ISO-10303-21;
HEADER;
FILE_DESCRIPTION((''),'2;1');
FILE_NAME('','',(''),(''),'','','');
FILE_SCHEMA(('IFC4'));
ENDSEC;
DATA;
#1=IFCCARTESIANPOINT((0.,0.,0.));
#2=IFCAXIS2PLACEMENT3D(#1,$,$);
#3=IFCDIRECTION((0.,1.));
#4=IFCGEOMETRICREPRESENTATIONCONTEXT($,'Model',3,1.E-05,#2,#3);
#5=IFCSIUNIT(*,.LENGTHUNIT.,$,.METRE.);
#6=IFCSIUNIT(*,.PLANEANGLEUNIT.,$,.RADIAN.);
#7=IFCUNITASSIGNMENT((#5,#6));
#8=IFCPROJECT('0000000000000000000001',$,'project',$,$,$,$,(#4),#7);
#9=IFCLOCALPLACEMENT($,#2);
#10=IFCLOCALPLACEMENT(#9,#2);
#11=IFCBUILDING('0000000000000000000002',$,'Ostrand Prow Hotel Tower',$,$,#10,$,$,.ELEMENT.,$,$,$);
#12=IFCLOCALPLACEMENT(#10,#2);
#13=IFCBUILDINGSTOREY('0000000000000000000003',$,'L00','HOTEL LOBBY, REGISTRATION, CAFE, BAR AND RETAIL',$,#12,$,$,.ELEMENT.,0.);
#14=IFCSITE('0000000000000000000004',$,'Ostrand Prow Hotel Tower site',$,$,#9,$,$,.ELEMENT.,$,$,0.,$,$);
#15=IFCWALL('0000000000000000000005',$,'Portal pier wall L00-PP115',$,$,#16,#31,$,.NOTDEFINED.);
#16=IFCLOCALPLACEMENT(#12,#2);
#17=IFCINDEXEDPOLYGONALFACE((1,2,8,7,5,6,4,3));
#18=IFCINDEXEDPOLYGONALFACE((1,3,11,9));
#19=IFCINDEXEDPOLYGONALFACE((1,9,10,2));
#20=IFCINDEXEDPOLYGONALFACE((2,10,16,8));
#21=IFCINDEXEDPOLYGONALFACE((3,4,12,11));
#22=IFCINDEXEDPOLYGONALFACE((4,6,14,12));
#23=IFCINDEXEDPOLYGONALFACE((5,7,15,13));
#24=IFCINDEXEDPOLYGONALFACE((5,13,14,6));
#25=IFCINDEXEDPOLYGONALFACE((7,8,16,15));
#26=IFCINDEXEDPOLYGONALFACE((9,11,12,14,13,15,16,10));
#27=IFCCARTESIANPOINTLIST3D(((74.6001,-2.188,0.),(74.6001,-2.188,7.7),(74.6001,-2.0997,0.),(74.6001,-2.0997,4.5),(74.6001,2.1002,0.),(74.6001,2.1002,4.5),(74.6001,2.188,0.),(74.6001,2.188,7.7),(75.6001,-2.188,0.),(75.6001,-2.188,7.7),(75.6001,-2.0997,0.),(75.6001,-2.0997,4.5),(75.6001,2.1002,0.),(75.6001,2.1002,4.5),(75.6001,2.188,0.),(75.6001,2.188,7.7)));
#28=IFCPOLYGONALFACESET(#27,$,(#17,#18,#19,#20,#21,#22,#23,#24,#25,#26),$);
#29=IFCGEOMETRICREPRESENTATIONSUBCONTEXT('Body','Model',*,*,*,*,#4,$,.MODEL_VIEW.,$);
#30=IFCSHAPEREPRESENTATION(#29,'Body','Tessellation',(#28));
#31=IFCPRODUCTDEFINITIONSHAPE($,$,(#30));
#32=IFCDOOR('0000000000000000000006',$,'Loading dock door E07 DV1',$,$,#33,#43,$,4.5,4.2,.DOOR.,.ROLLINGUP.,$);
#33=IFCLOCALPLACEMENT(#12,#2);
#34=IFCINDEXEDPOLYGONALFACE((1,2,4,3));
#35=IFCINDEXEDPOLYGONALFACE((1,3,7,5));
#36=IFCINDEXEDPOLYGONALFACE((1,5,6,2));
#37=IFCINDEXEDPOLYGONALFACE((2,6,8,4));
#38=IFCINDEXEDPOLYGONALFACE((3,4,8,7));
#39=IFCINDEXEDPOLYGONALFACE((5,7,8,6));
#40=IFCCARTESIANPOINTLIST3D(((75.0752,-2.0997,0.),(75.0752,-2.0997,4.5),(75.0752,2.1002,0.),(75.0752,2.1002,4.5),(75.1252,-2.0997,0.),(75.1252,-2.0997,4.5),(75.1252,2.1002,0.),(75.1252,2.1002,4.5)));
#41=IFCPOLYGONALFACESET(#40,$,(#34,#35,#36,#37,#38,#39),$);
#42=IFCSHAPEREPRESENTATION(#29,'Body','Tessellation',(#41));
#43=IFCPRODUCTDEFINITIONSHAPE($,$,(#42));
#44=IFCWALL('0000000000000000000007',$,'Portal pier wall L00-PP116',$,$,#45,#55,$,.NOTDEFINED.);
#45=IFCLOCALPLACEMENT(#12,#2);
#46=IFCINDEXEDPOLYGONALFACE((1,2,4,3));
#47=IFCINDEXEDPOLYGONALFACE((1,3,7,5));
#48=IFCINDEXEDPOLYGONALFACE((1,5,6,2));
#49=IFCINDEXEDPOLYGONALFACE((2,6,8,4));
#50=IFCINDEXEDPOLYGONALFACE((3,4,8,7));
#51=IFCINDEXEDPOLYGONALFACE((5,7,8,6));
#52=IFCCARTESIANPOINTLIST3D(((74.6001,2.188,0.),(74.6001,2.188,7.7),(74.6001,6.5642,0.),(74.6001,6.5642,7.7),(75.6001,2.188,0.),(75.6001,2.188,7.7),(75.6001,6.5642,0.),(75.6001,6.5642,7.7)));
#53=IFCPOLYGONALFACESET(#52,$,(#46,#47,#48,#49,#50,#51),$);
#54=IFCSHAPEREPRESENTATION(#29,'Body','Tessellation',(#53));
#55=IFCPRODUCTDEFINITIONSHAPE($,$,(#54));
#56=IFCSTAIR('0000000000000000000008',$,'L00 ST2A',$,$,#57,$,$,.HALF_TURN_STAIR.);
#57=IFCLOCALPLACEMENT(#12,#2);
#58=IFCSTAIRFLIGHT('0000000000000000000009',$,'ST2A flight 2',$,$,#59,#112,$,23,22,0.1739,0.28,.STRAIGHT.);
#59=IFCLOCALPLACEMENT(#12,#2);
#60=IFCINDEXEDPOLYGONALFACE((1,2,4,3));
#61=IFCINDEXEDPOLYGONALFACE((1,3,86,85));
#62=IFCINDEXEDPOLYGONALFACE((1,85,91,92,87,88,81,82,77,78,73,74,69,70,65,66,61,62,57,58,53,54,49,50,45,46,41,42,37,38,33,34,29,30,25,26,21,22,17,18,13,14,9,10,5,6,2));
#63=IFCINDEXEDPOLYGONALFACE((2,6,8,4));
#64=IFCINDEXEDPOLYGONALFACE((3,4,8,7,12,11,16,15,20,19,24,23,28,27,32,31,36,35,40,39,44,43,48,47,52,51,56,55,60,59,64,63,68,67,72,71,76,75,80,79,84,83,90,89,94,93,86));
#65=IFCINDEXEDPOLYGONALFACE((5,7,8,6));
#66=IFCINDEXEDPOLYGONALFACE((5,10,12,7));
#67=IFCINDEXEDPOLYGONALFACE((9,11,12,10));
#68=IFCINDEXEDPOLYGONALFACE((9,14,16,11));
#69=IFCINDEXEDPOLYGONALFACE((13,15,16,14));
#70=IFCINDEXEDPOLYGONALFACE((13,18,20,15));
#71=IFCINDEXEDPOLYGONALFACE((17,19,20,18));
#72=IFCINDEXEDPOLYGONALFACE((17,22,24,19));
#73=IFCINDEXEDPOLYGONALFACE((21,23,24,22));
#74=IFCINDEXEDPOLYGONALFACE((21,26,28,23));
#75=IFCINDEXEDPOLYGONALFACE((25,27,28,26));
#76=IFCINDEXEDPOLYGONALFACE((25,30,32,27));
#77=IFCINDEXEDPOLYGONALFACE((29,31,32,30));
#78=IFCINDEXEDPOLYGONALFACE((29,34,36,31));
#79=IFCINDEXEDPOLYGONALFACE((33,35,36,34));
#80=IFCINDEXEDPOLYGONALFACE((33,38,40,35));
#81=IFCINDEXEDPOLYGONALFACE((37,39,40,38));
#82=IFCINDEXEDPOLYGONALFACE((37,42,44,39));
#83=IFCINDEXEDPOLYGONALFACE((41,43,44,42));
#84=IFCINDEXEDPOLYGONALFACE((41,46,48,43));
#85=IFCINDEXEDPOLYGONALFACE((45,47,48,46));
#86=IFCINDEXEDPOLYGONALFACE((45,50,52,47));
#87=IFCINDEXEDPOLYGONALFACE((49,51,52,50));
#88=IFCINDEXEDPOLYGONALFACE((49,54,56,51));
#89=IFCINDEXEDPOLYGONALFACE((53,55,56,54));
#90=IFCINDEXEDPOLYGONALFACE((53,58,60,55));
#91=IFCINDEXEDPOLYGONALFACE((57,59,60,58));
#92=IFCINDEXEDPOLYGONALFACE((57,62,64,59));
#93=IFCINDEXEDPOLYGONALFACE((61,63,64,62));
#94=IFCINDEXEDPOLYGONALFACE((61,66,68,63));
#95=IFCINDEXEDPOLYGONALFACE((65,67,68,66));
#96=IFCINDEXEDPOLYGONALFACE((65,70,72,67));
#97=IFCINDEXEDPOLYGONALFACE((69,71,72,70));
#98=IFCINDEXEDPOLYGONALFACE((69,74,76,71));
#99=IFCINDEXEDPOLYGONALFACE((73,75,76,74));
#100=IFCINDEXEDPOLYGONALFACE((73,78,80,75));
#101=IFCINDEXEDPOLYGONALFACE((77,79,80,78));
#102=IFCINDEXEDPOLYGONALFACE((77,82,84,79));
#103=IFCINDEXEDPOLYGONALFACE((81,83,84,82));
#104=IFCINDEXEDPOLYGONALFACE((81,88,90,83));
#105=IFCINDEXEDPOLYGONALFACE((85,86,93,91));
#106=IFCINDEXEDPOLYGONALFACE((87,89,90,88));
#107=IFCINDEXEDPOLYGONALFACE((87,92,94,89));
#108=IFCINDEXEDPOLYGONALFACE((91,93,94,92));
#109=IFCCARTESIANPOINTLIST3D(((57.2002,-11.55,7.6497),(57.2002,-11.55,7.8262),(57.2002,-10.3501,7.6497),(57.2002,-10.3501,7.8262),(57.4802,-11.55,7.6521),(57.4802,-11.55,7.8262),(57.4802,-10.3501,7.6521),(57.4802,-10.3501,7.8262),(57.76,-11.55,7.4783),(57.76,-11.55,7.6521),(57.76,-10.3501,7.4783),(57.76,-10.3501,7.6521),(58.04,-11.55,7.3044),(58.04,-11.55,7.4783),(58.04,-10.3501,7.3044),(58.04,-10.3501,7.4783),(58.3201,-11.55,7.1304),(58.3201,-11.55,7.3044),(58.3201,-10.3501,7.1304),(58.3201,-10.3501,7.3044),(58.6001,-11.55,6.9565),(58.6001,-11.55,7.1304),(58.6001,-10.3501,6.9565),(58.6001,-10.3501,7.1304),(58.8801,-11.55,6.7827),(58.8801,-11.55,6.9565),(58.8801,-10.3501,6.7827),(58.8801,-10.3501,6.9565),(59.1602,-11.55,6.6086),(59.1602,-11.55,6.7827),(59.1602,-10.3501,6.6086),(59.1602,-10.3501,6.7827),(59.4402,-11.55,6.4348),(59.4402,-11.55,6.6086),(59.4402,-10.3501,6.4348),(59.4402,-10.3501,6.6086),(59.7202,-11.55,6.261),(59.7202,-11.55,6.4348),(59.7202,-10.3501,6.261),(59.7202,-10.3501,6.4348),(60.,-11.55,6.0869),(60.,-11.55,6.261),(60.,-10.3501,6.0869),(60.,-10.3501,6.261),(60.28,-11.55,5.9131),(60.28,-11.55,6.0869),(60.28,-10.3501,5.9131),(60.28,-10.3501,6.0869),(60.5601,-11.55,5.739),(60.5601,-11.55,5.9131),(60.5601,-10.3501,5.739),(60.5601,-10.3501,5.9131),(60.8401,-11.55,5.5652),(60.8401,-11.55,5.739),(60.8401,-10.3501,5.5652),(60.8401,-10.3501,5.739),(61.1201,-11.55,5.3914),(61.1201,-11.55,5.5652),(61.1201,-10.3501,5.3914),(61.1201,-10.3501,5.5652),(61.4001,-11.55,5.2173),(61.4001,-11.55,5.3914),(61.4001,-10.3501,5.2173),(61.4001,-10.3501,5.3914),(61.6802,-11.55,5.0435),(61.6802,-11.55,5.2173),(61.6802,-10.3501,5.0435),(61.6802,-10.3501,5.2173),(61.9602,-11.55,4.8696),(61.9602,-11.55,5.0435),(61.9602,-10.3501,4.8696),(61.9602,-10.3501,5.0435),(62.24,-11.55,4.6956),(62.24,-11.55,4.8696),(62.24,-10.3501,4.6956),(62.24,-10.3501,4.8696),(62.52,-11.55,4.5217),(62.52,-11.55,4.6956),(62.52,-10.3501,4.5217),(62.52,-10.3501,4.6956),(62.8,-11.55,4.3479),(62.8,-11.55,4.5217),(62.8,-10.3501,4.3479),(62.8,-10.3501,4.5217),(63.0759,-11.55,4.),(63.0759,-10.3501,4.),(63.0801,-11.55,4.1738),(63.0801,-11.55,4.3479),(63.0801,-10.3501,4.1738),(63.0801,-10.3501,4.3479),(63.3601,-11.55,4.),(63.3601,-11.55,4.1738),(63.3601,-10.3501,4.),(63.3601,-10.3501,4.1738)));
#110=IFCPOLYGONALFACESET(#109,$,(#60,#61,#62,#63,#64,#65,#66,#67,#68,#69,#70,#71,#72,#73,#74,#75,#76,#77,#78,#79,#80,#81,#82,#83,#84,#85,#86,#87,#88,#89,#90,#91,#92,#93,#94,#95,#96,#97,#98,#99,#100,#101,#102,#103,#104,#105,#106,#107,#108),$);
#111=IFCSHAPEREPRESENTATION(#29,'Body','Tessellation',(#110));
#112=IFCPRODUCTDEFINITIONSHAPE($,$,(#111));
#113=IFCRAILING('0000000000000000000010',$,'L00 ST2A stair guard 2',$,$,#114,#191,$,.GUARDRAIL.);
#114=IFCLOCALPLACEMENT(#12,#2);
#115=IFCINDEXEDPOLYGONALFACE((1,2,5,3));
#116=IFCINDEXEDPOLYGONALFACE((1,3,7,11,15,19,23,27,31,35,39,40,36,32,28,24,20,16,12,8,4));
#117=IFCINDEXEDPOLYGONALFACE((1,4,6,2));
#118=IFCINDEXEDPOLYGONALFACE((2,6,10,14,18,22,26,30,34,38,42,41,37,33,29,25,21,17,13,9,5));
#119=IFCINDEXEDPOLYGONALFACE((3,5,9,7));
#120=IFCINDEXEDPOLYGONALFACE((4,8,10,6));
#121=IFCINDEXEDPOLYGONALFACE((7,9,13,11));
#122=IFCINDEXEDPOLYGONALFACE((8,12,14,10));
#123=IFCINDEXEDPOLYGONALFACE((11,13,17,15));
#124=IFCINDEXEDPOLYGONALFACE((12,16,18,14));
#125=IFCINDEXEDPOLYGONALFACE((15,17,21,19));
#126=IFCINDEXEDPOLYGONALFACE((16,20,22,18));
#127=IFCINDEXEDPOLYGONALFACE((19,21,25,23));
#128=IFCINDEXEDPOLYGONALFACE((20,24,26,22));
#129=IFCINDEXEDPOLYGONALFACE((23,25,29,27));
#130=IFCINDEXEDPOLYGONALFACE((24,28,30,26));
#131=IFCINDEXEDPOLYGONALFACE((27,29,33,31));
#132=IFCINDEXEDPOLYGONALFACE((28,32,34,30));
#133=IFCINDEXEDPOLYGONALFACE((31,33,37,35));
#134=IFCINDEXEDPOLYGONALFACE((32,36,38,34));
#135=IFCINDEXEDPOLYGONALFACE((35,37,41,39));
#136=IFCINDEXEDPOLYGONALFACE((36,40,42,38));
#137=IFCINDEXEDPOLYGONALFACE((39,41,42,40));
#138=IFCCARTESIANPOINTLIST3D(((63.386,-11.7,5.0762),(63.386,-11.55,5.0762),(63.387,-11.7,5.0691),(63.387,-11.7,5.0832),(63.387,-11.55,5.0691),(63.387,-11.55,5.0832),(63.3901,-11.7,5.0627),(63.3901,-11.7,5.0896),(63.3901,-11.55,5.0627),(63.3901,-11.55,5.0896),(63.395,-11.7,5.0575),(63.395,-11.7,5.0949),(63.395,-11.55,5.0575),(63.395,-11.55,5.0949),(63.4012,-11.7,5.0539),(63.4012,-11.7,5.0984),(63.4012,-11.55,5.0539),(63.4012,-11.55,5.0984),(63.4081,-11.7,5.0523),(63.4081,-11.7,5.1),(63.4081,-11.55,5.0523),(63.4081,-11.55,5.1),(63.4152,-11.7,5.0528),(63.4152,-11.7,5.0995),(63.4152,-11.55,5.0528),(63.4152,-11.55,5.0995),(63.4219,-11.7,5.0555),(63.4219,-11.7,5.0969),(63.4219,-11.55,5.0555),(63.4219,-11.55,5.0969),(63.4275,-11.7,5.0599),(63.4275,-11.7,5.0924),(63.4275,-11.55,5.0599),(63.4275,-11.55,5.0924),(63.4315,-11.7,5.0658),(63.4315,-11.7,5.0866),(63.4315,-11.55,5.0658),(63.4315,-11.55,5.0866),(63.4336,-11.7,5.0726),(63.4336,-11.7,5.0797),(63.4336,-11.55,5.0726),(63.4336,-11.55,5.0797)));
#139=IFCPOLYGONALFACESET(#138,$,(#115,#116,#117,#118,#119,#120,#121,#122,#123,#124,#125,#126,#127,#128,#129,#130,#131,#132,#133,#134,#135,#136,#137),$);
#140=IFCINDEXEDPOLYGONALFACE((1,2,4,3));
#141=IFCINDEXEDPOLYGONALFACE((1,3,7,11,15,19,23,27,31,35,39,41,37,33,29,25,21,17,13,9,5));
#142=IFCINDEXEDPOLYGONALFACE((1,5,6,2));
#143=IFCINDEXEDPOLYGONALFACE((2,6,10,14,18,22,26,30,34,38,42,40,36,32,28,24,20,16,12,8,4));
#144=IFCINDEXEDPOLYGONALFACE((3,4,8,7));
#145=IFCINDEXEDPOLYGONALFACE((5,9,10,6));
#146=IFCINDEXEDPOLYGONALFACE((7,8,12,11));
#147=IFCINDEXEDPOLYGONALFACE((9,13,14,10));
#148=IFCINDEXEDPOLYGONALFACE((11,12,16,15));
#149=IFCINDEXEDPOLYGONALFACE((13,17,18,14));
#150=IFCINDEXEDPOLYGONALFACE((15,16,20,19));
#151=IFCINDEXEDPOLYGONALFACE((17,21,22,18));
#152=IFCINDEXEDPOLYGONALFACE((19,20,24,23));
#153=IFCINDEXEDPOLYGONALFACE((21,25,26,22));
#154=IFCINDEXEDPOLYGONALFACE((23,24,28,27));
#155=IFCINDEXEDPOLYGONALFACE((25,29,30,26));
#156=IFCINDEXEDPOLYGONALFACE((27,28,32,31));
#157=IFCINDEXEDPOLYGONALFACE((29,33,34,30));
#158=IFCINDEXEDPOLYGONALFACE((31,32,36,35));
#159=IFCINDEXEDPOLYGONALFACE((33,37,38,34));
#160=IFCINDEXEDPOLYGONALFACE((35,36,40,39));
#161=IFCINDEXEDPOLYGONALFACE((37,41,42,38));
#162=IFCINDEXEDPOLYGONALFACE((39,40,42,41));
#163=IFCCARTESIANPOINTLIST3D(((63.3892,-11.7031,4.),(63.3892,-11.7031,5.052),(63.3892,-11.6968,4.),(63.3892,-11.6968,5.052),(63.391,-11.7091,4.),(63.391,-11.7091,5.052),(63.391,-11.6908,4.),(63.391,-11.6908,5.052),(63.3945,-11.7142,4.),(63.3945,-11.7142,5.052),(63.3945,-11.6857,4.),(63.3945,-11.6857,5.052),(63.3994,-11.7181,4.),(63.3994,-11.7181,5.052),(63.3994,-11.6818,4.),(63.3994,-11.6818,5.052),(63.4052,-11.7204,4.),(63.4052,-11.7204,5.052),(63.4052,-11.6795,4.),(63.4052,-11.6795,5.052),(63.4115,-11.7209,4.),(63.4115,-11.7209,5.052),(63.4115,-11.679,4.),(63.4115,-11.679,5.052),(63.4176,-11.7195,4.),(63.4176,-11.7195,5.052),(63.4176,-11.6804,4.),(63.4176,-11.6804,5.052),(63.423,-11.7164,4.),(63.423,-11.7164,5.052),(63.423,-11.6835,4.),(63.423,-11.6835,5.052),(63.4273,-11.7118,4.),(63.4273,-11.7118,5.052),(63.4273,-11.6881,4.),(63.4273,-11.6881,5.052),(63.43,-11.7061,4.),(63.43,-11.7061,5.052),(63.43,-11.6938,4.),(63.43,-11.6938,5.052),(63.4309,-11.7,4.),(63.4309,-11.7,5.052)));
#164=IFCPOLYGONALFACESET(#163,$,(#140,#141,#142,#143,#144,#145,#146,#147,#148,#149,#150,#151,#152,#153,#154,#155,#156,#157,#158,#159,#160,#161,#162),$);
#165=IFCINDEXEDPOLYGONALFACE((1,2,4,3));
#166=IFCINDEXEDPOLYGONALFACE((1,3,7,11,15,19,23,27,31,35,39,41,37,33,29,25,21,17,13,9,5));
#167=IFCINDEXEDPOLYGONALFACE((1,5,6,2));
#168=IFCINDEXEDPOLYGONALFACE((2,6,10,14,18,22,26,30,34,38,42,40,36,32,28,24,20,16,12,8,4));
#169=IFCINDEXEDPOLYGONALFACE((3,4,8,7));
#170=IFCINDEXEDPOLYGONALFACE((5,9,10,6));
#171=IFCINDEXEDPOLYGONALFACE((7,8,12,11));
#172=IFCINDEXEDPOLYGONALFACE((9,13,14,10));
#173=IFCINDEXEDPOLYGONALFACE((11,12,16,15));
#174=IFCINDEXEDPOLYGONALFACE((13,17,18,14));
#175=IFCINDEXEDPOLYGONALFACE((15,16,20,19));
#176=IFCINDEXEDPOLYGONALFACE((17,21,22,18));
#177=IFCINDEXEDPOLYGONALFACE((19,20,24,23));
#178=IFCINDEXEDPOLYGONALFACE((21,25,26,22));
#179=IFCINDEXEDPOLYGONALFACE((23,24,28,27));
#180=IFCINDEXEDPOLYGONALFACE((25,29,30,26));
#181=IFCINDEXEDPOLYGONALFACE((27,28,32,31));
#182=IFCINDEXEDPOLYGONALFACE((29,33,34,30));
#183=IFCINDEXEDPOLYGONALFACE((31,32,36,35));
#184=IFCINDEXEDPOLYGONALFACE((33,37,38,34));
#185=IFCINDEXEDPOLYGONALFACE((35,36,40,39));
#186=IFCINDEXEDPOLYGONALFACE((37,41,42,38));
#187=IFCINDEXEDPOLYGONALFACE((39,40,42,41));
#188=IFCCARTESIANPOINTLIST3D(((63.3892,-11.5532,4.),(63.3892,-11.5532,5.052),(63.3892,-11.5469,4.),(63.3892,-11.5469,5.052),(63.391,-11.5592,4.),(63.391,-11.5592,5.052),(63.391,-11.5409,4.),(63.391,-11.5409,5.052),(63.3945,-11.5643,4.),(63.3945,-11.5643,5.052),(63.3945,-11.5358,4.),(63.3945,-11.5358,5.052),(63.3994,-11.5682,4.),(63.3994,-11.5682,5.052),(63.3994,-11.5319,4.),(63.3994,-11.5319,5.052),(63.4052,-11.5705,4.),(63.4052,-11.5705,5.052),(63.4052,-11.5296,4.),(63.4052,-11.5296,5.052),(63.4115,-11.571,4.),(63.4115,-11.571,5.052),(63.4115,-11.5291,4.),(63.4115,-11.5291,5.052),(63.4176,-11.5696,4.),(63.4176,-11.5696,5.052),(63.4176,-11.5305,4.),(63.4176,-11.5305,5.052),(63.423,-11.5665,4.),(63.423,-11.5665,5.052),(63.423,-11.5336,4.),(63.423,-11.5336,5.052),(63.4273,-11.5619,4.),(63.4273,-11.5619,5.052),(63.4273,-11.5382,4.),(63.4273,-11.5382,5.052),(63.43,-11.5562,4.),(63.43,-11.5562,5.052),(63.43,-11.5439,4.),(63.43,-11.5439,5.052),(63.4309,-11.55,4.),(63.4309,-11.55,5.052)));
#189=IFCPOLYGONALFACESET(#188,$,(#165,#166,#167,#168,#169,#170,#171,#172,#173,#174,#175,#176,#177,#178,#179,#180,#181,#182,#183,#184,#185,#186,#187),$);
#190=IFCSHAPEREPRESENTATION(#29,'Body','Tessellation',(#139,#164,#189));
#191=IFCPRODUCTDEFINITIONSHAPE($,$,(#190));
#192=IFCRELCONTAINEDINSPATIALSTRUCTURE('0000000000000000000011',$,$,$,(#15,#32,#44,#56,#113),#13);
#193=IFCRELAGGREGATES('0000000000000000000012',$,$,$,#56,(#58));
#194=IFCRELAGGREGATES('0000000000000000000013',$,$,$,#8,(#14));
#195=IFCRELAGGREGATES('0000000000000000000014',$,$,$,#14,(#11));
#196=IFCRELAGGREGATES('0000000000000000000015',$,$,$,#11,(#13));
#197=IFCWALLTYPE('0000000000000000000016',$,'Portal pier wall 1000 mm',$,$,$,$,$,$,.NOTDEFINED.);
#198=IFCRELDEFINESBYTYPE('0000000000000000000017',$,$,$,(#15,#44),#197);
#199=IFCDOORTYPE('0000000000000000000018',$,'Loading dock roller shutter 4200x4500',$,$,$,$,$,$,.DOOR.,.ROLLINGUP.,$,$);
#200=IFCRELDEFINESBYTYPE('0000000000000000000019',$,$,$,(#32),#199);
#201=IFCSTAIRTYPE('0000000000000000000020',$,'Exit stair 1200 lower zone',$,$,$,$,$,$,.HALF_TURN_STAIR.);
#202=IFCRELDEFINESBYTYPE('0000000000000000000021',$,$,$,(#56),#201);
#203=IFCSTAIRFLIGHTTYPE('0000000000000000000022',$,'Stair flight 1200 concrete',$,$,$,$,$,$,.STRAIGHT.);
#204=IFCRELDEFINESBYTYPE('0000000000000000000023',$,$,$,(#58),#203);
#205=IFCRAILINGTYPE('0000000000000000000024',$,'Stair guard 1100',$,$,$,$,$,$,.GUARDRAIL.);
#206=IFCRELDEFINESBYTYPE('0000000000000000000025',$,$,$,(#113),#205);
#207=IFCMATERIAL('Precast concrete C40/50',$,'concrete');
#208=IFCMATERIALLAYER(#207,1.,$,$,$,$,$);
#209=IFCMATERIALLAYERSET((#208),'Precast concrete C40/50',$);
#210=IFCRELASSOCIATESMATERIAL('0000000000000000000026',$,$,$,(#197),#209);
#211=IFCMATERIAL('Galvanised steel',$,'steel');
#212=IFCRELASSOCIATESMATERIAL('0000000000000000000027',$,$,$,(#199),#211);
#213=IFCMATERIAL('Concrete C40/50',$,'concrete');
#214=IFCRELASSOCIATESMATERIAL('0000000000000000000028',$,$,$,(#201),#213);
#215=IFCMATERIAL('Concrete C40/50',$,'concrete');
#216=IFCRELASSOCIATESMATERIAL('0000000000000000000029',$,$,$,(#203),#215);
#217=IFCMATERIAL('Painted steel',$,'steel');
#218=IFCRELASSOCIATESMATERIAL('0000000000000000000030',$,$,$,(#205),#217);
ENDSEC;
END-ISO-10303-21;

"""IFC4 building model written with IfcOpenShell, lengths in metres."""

from ifc_helpers import new_model, si_unit, direction, frame, frame_2d, origin, origin_2d, place, context, subcontext, project, spatial, polyline, rectangle, circle, outline, extrude, material, layer, layer_set, type_object, element, fill, aggregate, save


model = new_model("IFC4")

# Units and contexts
model_context = context("Model", 3, precision=1e-05, world=origin(), true_north=direction((0.0, 1.0)))
body_context = subcontext(model_context, "Body", "Model", "MODEL_VIEW")
ifc_project = project(units=[si_unit("LENGTHUNIT", "METRE"), si_unit("PLANEANGLEUNIT", "RADIAN")], contexts=[model_context])

# Site, building, storey
site_placement = place(None, origin())
site = spatial("IfcSite", under=ifc_project, at=site_placement, Name="Ostrand Prow Hotel Tower site", CompositionType="ELEMENT", RefElevation=0.0)
building_placement = place(site_placement, origin())
building = spatial("IfcBuilding", under=site, at=building_placement, Name="Ostrand Prow Hotel Tower", CompositionType="ELEMENT")
storey_placement = place(building_placement, origin())
storey = spatial("IfcBuildingStorey", under=building, at=storey_placement, Name="L00", Description="HOTEL LOBBY, REGISTRATION, CAFE, BAR AND RETAIL", CompositionType="ELEMENT", Elevation=0.0)

# Shared definitions
ifc_material_1 = material(Name="Precast concrete C40/50", Category="concrete")
ifc_layer_1 = layer(ifc_material_1, 1.0)
ifc_layer_set_1 = layer_set([ifc_layer_1], Name="Precast concrete C40/50")
wall_type_1 = type_object("IfcWallType", Name="Portal pier wall 1000 mm", PredefinedType="NOTDEFINED", material=ifc_layer_set_1)

# Wall, opening, door
wall_1_placement = place(storey_placement, frame((75.1001, -2.188, 0.0), z_axis=(0.0, 0.0, 1.0), x_axis=(0.0, 1.0, 0.0)))
wall_1 = element("IfcWall", 1, at=wall_1_placement, inside=storey, type_object=wall_type_1, Name="Portal pier wall L00-PP115", PredefinedType="NOTDEFINED", context=body_context, shape_type="SweptSolid", body=[
    extrude(outline(polyline([(0.0, -0.5), (4.376, -0.5), (4.376, 0.5), (0.0, 0.5), (0.0, -0.5)])), origin(), (0.0, 0.0, 1.0), 7.7),
])
opening_1_placement = place(wall_1_placement, frame((0.0881, 0.0, 0.0)))
opening_1 = element("IfcOpeningElement", 2, at=opening_1_placement, cuts=wall_1, PredefinedType="OPENING", context=body_context, shape_type="SweptSolid", body=[
    extrude(rectangle(XDim=4.2, YDim=4.5, at=frame_2d((2.1001, 2.25))), frame((0.0, 0.51, 0.0), z_axis=(0.0, -1.0, 0.0), x_axis=(1.0, 0.0, 0.0)), (0.0, 0.0, 1.0), 1.02),
])
ifc_material_2 = material(Name="Galvanised steel", Category="steel")
door_type_1 = type_object("IfcDoorType", Name="Loading dock roller shutter 4200x4500", OperationType="ROLLINGUP", PredefinedType="DOOR", material=ifc_material_2)
door_1_placement = place(opening_1_placement, origin())
door_1 = element("IfcDoor", 3, at=door_1_placement, inside=storey, type_object=door_type_1, Name="Loading dock door E07 DV1", OperationType="ROLLINGUP", OverallHeight=4.5, OverallWidth=4.2, PredefinedType="DOOR", context=body_context, shape_type="SweptSolid", body=[
    extrude(rectangle(XDim=4.2, YDim=4.5, at=frame_2d((2.1001, 2.25))), frame((0.0, 0.0249, 0.0), z_axis=(0.0, -1.0, 0.0), x_axis=(1.0, 0.0, 0.0)), (0.0, 0.0, 1.0), 0.05),
])
fill(opening_1, door_1)

# Wall
wall_2_placement = place(storey_placement, frame((75.1001, 2.188, 0.0), z_axis=(0.0, 0.0, 1.0), x_axis=(0.0, 1.0, 0.0)))
element("IfcWall", 4, at=wall_2_placement, inside=storey, type_object=wall_type_1, Name="Portal pier wall L00-PP116", PredefinedType="NOTDEFINED", context=body_context, shape_type="SweptSolid", body=[
    extrude(outline(polyline([(0.0, -0.5), (4.3762, -0.5), (4.3762, 0.5), (0.0, 0.5), (0.0, -0.5)])), origin(), (0.0, 0.0, 1.0), 7.7),
])

# Stair, stair flight
ifc_material_3 = material(Name="Concrete C40/50", Category="concrete")
stair_type = type_object("IfcStairType", Name="Exit stair 1200 lower zone", PredefinedType="HALF_TURN_STAIR", material=ifc_material_3)
stair_placement = place(storey_placement, origin())
stair = element("IfcStair", 5, at=stair_placement, inside=storey, type_object=stair_type, Name="L00 ST2A", PredefinedType="HALF_TURN_STAIR")
ifc_material_4 = material(Name="Concrete C40/50", Category="concrete")
stair_flight_type = type_object("IfcStairFlightType", Name="Stair flight 1200 concrete", PredefinedType="STRAIGHT", material=ifc_material_4)
stair_flight_placement = place(storey_placement, frame((63.3601, -10.95, 4.0), z_axis=(0.0, 0.0, 1.0), x_axis=(-1.0, 0.0, 0.0)))
stair_flight = element("IfcStairFlight", 6, at=stair_flight_placement, type_object=stair_flight_type, Name="ST2A flight 2", NumberOfRisers=23, NumberOfTreads=22, PredefinedType="STRAIGHT", RiserHeight=0.1739, TreadLength=0.28, context=body_context, shape_type="SweptSolid", body=[
    extrude(outline(polyline([(0.0, 0.0), (0.0, 0.1738), (0.28, 0.1738), (0.28, 0.3479), (0.5601, 0.3479), (0.5601, 0.5217), (0.8401, 0.5217), (0.8401, 0.6956), (1.1201, 0.6956), (1.1201, 0.8696), (1.3999, 0.8696), (1.3999, 1.0435), (1.6799, 1.0435), (1.6799, 1.2173), (1.96, 1.2173), (1.96, 1.3914), (2.24, 1.3914), (2.24, 1.5652), (2.52, 1.5652), (2.52, 1.739), (2.8, 1.739), (2.8, 1.9131), (3.0801, 1.9131), (3.0801, 2.0869), (3.3601, 2.0869), (3.3601, 2.261), (3.6399, 2.261), (3.6399, 2.4348), (3.9199, 2.4348), (3.9199, 2.6086), (4.2, 2.6086), (4.2, 2.7827), (4.48, 2.7827), (4.48, 2.9565), (4.76, 2.9565), (4.76, 3.1304), (5.04, 3.1304), (5.04, 3.3044), (5.3201, 3.3044), (5.3201, 3.4783), (5.6001, 3.4783), (5.6001, 3.6521), (5.8799, 3.6521), (5.8799, 3.8262), (6.1599, 3.8262), (6.1599, 4.0), (6.1599, 3.6497), (0.2842, 0.0), (0.0, 0.0)])), frame((0.0, 0.6001, 0.0), z_axis=(0.0, -1.0, 0.0), x_axis=(1.0, 0.0, 0.0)), (0.0, 0.0, 1.0), 1.2),
])
aggregate(stair, [stair_flight])

# Railing
ifc_material_5 = material(Name="Painted steel", Category="steel")
railing_type_1 = type_object("IfcRailingType", Name="Stair guard 1100", PredefinedType="GUARDRAIL", material=ifc_material_5)
railing_1_placement = place(storey_placement, frame((63.4099, -11.7, 4.0)))
element("IfcRailing", 7, at=railing_1_placement, inside=storey, type_object=railing_type_1, Name="L00 ST2A stair guard 2", PredefinedType="GUARDRAIL", context=body_context, shape_type="SweptSolid", body=[
    extrude(circle(Radius=0.0239, at=origin_2d()), frame((0.0, 0.0, 1.0762), z_axis=(0.0, 1.0, 0.0), x_axis=(-1.0, 0.0, 0.0)), (0.0, 0.0, 1.0), 0.1499),
    extrude(circle(Radius=0.021, at=origin_2d()), origin(), (0.0, 0.0, 1.0), 1.052),
    extrude(circle(Radius=0.021, at=origin_2d()), frame((0.0, 0.1499, 0.0)), (0.0, 0.0, 1.0), 1.052),
])

save(model, "model.ifc")
